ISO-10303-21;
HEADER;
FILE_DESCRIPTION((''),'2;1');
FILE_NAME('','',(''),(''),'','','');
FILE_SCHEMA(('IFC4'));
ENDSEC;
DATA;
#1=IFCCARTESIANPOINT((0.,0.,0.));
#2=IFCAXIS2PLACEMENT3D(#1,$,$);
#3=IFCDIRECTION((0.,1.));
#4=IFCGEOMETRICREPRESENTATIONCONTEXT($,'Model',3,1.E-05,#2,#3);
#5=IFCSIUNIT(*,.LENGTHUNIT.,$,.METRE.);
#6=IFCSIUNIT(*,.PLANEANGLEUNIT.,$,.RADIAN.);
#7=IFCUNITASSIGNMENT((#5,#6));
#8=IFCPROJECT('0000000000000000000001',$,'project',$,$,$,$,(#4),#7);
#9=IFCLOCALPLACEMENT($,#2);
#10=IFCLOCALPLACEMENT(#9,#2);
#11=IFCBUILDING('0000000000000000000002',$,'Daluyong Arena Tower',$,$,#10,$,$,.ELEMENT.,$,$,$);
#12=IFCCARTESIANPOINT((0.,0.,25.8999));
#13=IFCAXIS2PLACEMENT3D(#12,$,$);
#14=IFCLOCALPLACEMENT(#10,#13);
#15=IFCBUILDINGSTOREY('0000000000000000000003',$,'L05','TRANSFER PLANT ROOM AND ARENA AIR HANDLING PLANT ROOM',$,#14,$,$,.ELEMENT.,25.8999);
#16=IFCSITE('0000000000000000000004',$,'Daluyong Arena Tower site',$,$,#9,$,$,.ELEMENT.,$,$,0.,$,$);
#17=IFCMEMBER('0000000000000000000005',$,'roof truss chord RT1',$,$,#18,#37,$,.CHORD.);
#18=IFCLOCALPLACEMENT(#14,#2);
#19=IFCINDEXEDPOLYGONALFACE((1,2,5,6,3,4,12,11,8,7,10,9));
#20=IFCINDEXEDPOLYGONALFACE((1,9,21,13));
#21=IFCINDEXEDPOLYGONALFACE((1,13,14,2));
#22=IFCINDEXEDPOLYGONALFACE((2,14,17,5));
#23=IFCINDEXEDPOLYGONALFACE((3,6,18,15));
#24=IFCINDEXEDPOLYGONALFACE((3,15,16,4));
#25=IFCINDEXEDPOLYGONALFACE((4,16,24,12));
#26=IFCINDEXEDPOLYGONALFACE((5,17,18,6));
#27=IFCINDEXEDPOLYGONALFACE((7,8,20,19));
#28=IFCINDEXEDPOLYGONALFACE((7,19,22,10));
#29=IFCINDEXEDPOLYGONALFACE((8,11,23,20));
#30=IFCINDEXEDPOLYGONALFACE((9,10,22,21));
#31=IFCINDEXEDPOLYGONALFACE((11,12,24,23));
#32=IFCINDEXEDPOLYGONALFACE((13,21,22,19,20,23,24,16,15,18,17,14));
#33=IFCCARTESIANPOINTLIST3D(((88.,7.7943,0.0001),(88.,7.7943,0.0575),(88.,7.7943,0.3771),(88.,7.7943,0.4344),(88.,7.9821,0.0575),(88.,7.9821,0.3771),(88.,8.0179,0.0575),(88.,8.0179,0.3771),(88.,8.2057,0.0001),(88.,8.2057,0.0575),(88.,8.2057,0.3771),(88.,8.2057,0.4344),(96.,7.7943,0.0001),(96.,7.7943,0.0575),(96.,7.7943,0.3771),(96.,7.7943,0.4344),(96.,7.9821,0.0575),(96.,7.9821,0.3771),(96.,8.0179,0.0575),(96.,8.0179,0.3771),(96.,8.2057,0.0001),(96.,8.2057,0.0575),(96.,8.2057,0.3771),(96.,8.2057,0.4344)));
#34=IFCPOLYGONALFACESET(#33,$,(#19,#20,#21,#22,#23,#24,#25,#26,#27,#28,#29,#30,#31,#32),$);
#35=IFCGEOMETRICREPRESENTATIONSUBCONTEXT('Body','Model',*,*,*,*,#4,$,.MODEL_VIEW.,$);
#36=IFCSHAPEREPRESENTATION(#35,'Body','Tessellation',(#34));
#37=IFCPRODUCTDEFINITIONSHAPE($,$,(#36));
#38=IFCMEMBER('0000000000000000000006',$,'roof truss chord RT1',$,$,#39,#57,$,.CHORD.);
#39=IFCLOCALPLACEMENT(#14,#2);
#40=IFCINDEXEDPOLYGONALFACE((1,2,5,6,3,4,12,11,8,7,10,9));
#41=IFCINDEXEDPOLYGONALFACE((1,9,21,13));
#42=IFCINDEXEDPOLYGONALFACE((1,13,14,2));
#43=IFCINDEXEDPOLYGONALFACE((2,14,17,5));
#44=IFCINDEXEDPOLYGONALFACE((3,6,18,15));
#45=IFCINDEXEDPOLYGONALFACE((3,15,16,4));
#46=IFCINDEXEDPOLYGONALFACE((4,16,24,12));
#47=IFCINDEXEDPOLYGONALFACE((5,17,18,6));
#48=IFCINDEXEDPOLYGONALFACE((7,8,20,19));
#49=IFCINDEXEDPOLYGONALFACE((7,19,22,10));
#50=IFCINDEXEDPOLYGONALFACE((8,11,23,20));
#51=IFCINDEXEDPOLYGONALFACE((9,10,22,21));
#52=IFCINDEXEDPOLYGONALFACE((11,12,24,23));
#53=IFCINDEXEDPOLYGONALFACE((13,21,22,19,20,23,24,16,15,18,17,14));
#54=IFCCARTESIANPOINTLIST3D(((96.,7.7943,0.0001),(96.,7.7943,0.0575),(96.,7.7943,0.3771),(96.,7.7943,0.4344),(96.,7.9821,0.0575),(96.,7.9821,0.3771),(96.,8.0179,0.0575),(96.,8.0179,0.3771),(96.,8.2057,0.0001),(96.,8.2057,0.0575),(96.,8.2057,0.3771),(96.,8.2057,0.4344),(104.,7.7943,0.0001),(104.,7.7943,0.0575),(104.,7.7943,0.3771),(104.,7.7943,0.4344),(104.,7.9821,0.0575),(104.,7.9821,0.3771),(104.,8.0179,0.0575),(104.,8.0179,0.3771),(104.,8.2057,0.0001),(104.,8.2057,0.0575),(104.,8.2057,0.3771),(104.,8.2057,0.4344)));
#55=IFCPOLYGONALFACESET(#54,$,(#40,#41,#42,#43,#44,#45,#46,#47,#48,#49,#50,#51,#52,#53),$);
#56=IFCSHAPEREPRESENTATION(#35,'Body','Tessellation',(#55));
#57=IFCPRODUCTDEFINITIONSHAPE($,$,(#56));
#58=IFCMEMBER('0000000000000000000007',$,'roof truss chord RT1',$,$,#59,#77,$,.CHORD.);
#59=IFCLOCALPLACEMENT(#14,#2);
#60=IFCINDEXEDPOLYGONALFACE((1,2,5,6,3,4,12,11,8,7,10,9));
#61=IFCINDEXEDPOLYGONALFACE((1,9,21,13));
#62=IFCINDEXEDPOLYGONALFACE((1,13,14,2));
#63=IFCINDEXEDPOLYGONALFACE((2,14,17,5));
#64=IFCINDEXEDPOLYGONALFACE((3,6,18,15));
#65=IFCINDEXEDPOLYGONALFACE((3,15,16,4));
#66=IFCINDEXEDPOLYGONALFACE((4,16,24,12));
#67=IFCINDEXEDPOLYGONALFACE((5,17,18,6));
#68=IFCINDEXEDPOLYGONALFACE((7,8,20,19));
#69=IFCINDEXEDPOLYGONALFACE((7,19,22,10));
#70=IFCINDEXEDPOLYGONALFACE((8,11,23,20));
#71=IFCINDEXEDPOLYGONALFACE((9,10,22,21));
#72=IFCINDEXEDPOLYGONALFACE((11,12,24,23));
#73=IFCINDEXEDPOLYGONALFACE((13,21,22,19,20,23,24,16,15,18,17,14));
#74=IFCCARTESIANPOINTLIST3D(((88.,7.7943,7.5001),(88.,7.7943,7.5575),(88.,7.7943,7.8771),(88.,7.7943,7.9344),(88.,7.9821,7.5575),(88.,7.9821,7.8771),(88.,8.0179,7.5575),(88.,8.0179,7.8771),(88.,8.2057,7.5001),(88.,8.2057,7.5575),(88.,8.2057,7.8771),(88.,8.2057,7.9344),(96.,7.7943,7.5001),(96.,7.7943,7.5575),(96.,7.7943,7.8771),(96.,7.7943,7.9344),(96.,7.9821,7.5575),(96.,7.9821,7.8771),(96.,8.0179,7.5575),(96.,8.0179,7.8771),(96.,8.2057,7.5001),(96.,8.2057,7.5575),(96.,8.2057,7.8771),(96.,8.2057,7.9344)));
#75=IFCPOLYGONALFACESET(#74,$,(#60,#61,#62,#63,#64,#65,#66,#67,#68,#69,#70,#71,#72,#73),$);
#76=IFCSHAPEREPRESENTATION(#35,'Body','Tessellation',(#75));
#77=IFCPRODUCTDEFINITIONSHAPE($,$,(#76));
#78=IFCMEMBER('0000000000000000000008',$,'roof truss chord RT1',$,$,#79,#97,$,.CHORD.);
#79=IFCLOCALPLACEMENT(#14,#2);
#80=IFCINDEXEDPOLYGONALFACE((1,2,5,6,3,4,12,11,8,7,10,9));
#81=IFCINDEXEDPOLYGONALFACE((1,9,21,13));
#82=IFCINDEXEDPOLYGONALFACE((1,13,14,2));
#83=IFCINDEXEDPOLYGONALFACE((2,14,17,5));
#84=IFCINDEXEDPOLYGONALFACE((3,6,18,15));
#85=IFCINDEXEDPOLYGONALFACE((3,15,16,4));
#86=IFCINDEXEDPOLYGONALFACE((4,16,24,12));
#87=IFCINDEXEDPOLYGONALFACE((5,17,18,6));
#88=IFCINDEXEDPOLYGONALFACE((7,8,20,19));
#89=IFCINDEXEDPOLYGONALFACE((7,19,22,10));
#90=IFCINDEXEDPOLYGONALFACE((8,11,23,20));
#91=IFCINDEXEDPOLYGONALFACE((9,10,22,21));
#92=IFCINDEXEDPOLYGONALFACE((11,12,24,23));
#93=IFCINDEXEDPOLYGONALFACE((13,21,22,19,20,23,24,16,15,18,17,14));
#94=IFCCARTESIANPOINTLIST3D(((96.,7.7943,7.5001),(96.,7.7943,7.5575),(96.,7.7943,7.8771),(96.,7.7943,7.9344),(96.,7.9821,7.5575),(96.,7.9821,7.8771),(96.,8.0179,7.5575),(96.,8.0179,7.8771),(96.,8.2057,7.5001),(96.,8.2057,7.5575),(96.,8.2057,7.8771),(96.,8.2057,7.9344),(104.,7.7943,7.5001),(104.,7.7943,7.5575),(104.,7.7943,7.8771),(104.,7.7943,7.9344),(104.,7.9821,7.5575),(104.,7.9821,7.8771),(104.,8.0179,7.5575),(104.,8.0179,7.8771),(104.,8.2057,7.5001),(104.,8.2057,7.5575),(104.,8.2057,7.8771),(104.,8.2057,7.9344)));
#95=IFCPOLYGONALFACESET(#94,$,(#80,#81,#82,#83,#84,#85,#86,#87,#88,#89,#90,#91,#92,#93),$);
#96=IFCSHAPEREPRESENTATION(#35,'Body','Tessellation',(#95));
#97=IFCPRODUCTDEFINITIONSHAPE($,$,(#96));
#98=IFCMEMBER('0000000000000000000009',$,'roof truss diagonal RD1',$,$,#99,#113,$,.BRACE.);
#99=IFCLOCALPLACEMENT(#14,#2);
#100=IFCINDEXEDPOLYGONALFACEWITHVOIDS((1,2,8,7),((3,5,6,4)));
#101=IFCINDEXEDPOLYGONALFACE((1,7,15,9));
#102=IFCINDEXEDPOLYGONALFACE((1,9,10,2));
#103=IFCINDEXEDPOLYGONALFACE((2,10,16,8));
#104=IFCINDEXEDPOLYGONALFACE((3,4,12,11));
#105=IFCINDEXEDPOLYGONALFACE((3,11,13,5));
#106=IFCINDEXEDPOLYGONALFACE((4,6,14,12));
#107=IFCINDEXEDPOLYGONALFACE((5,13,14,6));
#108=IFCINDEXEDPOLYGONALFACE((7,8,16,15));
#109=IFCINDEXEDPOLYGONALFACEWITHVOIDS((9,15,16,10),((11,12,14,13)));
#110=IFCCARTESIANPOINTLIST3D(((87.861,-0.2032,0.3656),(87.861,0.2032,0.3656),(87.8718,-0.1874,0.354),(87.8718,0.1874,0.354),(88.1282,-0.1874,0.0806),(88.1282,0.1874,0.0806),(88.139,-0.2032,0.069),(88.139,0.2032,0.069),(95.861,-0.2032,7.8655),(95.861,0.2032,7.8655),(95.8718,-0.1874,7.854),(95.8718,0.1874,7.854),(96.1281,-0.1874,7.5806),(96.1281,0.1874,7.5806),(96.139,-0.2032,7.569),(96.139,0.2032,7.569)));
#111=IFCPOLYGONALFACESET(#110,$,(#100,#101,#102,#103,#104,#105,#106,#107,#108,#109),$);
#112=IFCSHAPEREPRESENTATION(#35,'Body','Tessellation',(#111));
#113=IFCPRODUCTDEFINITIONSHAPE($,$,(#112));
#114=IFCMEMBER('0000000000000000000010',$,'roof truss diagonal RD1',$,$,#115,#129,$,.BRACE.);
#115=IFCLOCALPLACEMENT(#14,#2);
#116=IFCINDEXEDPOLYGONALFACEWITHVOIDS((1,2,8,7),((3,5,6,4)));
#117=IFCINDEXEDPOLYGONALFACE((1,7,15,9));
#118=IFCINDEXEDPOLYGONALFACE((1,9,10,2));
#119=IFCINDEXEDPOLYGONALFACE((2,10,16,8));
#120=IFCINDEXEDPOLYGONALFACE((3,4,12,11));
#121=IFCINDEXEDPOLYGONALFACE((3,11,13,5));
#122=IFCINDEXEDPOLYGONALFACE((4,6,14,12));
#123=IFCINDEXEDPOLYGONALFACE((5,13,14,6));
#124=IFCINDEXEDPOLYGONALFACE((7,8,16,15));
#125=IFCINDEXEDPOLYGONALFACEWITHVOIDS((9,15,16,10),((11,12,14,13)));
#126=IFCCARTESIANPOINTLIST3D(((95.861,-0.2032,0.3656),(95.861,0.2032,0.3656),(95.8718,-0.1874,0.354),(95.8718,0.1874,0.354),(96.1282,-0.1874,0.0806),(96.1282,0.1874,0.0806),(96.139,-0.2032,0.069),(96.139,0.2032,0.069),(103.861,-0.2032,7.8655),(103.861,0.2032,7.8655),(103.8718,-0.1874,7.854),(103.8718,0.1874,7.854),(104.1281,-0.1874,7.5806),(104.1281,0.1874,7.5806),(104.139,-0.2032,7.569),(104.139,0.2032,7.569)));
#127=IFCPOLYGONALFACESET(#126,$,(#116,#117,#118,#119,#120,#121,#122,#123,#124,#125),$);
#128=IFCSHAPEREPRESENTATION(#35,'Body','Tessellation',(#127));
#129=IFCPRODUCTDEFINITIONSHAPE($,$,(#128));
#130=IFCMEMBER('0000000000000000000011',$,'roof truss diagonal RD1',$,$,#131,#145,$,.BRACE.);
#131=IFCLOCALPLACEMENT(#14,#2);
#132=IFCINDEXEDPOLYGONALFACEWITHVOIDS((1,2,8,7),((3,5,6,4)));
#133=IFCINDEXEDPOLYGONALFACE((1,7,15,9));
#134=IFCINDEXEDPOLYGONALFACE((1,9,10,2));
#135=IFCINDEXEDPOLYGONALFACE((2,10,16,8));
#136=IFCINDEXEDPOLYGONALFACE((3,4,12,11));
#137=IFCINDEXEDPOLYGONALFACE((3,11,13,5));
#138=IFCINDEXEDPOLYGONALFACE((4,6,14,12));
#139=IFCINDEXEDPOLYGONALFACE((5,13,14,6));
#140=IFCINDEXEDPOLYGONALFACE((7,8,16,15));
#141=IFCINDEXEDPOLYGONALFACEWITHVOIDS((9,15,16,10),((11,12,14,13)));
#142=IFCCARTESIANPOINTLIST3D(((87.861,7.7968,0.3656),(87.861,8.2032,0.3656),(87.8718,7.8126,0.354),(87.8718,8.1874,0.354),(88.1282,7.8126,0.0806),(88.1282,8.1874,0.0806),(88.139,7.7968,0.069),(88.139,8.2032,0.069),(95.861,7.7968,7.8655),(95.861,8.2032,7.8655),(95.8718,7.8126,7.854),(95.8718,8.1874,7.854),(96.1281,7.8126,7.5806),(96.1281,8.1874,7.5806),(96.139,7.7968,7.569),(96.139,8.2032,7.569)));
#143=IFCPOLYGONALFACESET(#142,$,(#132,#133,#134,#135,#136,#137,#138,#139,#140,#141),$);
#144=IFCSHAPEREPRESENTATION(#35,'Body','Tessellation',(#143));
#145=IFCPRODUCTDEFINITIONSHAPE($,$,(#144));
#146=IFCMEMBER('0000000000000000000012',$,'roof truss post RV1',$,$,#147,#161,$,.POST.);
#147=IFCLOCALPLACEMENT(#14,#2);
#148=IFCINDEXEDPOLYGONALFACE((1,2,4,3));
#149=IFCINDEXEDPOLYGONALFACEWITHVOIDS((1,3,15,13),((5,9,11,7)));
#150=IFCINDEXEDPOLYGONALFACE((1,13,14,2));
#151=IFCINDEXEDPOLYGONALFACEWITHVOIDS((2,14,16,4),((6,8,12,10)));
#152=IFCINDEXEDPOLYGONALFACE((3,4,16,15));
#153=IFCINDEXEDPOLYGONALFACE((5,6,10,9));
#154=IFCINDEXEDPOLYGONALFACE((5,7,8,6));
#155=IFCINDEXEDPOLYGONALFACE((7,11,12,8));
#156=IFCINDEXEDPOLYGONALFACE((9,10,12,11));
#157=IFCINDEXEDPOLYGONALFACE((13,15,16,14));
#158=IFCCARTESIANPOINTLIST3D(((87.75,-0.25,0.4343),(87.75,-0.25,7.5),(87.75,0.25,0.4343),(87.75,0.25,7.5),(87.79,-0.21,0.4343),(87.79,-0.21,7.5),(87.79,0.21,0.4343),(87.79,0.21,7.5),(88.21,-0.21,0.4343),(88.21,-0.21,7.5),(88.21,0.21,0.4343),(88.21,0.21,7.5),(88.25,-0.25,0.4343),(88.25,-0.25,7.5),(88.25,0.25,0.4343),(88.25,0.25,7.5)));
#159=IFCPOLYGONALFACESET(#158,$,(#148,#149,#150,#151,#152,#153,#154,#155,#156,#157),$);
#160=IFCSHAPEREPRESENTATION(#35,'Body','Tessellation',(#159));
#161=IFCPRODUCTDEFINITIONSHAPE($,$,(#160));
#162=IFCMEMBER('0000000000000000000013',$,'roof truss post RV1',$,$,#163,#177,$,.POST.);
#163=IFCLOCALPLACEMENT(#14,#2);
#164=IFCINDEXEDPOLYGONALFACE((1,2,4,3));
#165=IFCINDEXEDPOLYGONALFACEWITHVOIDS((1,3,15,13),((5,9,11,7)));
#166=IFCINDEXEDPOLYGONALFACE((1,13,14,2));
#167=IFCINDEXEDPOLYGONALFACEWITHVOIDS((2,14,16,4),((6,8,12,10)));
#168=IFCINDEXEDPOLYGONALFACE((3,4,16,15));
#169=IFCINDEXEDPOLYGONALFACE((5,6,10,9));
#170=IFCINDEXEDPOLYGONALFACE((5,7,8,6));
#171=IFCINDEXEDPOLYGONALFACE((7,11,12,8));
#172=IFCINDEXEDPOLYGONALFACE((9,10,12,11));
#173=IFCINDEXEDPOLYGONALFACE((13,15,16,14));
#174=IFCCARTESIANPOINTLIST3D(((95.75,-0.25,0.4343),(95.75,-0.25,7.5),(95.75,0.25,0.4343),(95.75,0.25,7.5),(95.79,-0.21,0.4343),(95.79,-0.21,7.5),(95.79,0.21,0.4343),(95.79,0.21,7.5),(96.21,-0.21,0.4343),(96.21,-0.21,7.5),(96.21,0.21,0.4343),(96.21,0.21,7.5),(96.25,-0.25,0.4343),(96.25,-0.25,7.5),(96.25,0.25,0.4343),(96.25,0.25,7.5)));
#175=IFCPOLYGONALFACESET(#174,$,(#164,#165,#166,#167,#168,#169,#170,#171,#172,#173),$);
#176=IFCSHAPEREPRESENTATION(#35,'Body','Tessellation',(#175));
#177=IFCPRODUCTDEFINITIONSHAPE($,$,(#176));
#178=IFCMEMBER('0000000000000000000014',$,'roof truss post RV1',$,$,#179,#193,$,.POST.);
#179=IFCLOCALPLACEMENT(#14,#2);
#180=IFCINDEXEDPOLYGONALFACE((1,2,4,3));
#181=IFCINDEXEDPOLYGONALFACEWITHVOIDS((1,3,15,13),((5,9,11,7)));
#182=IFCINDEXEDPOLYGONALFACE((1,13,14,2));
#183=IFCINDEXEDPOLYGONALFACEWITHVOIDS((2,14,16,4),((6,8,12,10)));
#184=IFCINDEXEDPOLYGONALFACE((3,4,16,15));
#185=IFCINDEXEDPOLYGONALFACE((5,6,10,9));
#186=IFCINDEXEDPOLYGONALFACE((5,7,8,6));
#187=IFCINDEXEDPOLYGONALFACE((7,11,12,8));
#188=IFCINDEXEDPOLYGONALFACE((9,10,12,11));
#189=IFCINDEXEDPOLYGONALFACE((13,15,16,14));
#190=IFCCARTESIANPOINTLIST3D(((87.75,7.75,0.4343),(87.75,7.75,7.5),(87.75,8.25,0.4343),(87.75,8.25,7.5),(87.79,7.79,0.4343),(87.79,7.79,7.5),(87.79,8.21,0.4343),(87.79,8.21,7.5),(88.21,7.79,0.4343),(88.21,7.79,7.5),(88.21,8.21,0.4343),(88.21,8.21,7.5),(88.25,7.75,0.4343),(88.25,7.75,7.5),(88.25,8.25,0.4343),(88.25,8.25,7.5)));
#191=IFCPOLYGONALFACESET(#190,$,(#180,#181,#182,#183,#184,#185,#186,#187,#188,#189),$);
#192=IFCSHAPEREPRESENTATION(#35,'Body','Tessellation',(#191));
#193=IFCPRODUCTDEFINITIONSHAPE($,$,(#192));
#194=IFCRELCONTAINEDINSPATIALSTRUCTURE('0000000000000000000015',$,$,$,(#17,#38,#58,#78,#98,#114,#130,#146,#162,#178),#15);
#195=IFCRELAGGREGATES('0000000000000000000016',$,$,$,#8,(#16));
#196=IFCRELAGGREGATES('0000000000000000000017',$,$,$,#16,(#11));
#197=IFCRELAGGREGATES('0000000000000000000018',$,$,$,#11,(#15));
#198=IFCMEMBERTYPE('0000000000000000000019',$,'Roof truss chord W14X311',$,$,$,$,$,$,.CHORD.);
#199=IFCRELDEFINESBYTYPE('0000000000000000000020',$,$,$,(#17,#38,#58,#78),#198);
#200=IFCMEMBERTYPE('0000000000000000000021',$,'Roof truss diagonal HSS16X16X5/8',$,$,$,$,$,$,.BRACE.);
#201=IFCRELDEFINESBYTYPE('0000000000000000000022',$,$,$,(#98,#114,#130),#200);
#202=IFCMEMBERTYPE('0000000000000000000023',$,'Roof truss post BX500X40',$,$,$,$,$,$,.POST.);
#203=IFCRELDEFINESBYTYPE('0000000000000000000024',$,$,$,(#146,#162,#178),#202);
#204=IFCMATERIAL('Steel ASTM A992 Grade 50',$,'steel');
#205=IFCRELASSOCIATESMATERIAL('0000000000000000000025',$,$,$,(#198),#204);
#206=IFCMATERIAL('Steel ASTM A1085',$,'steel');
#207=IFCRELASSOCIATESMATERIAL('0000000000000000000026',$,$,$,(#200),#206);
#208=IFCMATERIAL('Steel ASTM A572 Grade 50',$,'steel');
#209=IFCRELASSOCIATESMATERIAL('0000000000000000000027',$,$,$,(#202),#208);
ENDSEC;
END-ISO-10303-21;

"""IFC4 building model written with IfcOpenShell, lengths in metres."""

from ifc_helpers import new_model, si_unit, direction, frame, origin, origin_2d, place, context, subcontext, project, spatial, hollow_rectangle, i_section, extrude, material, material_profile, profile_set, type_object, element, save


model = new_model("IFC4")

# Units and contexts
model_context = context("Model", 3, precision=1e-05, world=origin(), true_north=direction((0.0, 1.0)))
body_context = subcontext(model_context, "Body", "Model", "MODEL_VIEW")
ifc_project = project(units=[si_unit("LENGTHUNIT", "METRE"), si_unit("PLANEANGLEUNIT", "RADIAN")], contexts=[model_context])

# Site, building, storey
site_placement = place(None, origin())
site = spatial("IfcSite", under=ifc_project, at=site_placement, Name="Daluyong Arena Tower site", CompositionType="ELEMENT", RefElevation=0.0)
building_placement = place(site_placement, origin())
building = spatial("IfcBuilding", under=site, at=building_placement, Name="Daluyong Arena Tower", CompositionType="ELEMENT")
storey_placement = place(building_placement, frame((0.0, 0.0, 25.8999)))
storey = spatial("IfcBuildingStorey", under=building, at=storey_placement, Name="L05", Description="TRANSFER PLANT ROOM AND ARENA AIR HANDLING PLANT ROOM", CompositionType="ELEMENT", Elevation=25.8999)

# Members
ifc_material_1 = material(Name="Steel ASTM A992 Grade 50", Category="steel")
ifc_material_profile_1 = material_profile(ifc_material_1, i_section(OverallWidth=0.4114, OverallDepth=0.4343, WebThickness=0.0359, FlangeThickness=0.0574, at=origin_2d()))
ifc_profile_set_1 = profile_set([ifc_material_profile_1], Name="Steel ASTM A992 Grade 50")
member_type_1 = type_object("IfcMemberType", Name="Roof truss chord W14X311", PredefinedType="CHORD", material=ifc_profile_set_1)
for number, where, z_axis, x_axis, name in (
    (1, (88.0, 8.0, 0.2173), (1.0, 0.0, 0.0), (0.0, 1.0, 0.0), "roof truss chord RT1"),
    (2, (96.0, 8.0, 0.2173), (1.0, 0.0, 0.0), (0.0, 1.0, 0.0), "roof truss chord RT1"),
    (3, (88.0, 8.0, 7.7173), (1.0, 0.0, 0.0), (0.0, 1.0, 0.0), "roof truss chord RT1"),
    (4, (96.0, 8.0, 7.7173), (1.0, 0.0, 0.0), (0.0, 1.0, 0.0), "roof truss chord RT1"),
):
    element("IfcMember", number, at=place(storey_placement, frame(where, z_axis=z_axis, x_axis=x_axis)), inside=storey, type_object=member_type_1, Name=name, PredefinedType="CHORD", context=body_context, shape_type="SweptSolid", body=[
        extrude(i_section(OverallWidth=0.4114, OverallDepth=0.4343, WebThickness=0.0359, FlangeThickness=0.0574, at=origin_2d()), origin(), (0.0, 0.0, 1.0), 8.0),
    ])
ifc_material_2 = material(Name="Steel ASTM A1085", Category="steel")
ifc_material_profile_2 = material_profile(ifc_material_2, hollow_rectangle(XDim=0.4065, YDim=0.4065, WallThickness=0.0159, at=origin_2d()))
ifc_profile_set_2 = profile_set([ifc_material_profile_2], Name="Steel ASTM A1085")
member_type_2 = type_object("IfcMemberType", Name="Roof truss diagonal HSS16X16X5/8", PredefinedType="BRACE", material=ifc_profile_set_2)
for number, where, z_axis, x_axis, name in (
    (5, (88.0, 0.0, 0.2173), (0.729537, 0.0, 0.683941), (0.0, 1.0, 0.0), "roof truss diagonal RD1"),
    (6, (96.0, 0.0, 0.2173), (0.729537, 0.0, 0.683941), (0.0, 1.0, 0.0), "roof truss diagonal RD1"),
    (7, (88.0, 8.0, 0.2173), (0.729537, 0.0, 0.683941), (0.0, 1.0, 0.0), "roof truss diagonal RD1"),
):
    element("IfcMember", number, at=place(storey_placement, frame(where, z_axis=z_axis, x_axis=x_axis)), inside=storey, type_object=member_type_2, Name=name, PredefinedType="BRACE", context=body_context, shape_type="SweptSolid", body=[
        extrude(hollow_rectangle(XDim=0.4065, YDim=0.4065, WallThickness=0.0159, at=origin_2d()), origin(), (0.0, 0.0, 1.0), 10.9658),
    ])
ifc_material_3 = material(Name="Steel ASTM A572 Grade 50", Category="steel")
ifc_material_profile_3 = material_profile(ifc_material_3, hollow_rectangle(XDim=0.5, YDim=0.5, WallThickness=0.04, at=origin_2d()))
ifc_profile_set_3 = profile_set([ifc_material_profile_3], Name="Steel ASTM A572 Grade 50")
member_type_3 = type_object("IfcMemberType", Name="Roof truss post BX500X40", PredefinedType="POST", material=ifc_profile_set_3)
for number, where, z_axis, x_axis, name in (
    (8, (88.0, 0.0, 0.4343), (0.0, 0.0, 1.0), (1.0, 0.0, 0.0), "roof truss post RV1"),
    (9, (96.0, 0.0, 0.4343), (0.0, 0.0, 1.0), (1.0, 0.0, 0.0), "roof truss post RV1"),
    (10, (88.0, 8.0, 0.4343), (0.0, 0.0, 1.0), (1.0, 0.0, 0.0), "roof truss post RV1"),
):
    element("IfcMember", number, at=place(storey_placement, frame(where, z_axis=z_axis, x_axis=x_axis)), inside=storey, type_object=member_type_3, Name=name, PredefinedType="POST", context=body_context, shape_type="SweptSolid", body=[
        extrude(hollow_rectangle(XDim=0.5, YDim=0.5, WallThickness=0.04, at=origin_2d()), origin(), (0.0, 0.0, 1.0), 7.0657),
    ])

save(model, "model.ifc")
